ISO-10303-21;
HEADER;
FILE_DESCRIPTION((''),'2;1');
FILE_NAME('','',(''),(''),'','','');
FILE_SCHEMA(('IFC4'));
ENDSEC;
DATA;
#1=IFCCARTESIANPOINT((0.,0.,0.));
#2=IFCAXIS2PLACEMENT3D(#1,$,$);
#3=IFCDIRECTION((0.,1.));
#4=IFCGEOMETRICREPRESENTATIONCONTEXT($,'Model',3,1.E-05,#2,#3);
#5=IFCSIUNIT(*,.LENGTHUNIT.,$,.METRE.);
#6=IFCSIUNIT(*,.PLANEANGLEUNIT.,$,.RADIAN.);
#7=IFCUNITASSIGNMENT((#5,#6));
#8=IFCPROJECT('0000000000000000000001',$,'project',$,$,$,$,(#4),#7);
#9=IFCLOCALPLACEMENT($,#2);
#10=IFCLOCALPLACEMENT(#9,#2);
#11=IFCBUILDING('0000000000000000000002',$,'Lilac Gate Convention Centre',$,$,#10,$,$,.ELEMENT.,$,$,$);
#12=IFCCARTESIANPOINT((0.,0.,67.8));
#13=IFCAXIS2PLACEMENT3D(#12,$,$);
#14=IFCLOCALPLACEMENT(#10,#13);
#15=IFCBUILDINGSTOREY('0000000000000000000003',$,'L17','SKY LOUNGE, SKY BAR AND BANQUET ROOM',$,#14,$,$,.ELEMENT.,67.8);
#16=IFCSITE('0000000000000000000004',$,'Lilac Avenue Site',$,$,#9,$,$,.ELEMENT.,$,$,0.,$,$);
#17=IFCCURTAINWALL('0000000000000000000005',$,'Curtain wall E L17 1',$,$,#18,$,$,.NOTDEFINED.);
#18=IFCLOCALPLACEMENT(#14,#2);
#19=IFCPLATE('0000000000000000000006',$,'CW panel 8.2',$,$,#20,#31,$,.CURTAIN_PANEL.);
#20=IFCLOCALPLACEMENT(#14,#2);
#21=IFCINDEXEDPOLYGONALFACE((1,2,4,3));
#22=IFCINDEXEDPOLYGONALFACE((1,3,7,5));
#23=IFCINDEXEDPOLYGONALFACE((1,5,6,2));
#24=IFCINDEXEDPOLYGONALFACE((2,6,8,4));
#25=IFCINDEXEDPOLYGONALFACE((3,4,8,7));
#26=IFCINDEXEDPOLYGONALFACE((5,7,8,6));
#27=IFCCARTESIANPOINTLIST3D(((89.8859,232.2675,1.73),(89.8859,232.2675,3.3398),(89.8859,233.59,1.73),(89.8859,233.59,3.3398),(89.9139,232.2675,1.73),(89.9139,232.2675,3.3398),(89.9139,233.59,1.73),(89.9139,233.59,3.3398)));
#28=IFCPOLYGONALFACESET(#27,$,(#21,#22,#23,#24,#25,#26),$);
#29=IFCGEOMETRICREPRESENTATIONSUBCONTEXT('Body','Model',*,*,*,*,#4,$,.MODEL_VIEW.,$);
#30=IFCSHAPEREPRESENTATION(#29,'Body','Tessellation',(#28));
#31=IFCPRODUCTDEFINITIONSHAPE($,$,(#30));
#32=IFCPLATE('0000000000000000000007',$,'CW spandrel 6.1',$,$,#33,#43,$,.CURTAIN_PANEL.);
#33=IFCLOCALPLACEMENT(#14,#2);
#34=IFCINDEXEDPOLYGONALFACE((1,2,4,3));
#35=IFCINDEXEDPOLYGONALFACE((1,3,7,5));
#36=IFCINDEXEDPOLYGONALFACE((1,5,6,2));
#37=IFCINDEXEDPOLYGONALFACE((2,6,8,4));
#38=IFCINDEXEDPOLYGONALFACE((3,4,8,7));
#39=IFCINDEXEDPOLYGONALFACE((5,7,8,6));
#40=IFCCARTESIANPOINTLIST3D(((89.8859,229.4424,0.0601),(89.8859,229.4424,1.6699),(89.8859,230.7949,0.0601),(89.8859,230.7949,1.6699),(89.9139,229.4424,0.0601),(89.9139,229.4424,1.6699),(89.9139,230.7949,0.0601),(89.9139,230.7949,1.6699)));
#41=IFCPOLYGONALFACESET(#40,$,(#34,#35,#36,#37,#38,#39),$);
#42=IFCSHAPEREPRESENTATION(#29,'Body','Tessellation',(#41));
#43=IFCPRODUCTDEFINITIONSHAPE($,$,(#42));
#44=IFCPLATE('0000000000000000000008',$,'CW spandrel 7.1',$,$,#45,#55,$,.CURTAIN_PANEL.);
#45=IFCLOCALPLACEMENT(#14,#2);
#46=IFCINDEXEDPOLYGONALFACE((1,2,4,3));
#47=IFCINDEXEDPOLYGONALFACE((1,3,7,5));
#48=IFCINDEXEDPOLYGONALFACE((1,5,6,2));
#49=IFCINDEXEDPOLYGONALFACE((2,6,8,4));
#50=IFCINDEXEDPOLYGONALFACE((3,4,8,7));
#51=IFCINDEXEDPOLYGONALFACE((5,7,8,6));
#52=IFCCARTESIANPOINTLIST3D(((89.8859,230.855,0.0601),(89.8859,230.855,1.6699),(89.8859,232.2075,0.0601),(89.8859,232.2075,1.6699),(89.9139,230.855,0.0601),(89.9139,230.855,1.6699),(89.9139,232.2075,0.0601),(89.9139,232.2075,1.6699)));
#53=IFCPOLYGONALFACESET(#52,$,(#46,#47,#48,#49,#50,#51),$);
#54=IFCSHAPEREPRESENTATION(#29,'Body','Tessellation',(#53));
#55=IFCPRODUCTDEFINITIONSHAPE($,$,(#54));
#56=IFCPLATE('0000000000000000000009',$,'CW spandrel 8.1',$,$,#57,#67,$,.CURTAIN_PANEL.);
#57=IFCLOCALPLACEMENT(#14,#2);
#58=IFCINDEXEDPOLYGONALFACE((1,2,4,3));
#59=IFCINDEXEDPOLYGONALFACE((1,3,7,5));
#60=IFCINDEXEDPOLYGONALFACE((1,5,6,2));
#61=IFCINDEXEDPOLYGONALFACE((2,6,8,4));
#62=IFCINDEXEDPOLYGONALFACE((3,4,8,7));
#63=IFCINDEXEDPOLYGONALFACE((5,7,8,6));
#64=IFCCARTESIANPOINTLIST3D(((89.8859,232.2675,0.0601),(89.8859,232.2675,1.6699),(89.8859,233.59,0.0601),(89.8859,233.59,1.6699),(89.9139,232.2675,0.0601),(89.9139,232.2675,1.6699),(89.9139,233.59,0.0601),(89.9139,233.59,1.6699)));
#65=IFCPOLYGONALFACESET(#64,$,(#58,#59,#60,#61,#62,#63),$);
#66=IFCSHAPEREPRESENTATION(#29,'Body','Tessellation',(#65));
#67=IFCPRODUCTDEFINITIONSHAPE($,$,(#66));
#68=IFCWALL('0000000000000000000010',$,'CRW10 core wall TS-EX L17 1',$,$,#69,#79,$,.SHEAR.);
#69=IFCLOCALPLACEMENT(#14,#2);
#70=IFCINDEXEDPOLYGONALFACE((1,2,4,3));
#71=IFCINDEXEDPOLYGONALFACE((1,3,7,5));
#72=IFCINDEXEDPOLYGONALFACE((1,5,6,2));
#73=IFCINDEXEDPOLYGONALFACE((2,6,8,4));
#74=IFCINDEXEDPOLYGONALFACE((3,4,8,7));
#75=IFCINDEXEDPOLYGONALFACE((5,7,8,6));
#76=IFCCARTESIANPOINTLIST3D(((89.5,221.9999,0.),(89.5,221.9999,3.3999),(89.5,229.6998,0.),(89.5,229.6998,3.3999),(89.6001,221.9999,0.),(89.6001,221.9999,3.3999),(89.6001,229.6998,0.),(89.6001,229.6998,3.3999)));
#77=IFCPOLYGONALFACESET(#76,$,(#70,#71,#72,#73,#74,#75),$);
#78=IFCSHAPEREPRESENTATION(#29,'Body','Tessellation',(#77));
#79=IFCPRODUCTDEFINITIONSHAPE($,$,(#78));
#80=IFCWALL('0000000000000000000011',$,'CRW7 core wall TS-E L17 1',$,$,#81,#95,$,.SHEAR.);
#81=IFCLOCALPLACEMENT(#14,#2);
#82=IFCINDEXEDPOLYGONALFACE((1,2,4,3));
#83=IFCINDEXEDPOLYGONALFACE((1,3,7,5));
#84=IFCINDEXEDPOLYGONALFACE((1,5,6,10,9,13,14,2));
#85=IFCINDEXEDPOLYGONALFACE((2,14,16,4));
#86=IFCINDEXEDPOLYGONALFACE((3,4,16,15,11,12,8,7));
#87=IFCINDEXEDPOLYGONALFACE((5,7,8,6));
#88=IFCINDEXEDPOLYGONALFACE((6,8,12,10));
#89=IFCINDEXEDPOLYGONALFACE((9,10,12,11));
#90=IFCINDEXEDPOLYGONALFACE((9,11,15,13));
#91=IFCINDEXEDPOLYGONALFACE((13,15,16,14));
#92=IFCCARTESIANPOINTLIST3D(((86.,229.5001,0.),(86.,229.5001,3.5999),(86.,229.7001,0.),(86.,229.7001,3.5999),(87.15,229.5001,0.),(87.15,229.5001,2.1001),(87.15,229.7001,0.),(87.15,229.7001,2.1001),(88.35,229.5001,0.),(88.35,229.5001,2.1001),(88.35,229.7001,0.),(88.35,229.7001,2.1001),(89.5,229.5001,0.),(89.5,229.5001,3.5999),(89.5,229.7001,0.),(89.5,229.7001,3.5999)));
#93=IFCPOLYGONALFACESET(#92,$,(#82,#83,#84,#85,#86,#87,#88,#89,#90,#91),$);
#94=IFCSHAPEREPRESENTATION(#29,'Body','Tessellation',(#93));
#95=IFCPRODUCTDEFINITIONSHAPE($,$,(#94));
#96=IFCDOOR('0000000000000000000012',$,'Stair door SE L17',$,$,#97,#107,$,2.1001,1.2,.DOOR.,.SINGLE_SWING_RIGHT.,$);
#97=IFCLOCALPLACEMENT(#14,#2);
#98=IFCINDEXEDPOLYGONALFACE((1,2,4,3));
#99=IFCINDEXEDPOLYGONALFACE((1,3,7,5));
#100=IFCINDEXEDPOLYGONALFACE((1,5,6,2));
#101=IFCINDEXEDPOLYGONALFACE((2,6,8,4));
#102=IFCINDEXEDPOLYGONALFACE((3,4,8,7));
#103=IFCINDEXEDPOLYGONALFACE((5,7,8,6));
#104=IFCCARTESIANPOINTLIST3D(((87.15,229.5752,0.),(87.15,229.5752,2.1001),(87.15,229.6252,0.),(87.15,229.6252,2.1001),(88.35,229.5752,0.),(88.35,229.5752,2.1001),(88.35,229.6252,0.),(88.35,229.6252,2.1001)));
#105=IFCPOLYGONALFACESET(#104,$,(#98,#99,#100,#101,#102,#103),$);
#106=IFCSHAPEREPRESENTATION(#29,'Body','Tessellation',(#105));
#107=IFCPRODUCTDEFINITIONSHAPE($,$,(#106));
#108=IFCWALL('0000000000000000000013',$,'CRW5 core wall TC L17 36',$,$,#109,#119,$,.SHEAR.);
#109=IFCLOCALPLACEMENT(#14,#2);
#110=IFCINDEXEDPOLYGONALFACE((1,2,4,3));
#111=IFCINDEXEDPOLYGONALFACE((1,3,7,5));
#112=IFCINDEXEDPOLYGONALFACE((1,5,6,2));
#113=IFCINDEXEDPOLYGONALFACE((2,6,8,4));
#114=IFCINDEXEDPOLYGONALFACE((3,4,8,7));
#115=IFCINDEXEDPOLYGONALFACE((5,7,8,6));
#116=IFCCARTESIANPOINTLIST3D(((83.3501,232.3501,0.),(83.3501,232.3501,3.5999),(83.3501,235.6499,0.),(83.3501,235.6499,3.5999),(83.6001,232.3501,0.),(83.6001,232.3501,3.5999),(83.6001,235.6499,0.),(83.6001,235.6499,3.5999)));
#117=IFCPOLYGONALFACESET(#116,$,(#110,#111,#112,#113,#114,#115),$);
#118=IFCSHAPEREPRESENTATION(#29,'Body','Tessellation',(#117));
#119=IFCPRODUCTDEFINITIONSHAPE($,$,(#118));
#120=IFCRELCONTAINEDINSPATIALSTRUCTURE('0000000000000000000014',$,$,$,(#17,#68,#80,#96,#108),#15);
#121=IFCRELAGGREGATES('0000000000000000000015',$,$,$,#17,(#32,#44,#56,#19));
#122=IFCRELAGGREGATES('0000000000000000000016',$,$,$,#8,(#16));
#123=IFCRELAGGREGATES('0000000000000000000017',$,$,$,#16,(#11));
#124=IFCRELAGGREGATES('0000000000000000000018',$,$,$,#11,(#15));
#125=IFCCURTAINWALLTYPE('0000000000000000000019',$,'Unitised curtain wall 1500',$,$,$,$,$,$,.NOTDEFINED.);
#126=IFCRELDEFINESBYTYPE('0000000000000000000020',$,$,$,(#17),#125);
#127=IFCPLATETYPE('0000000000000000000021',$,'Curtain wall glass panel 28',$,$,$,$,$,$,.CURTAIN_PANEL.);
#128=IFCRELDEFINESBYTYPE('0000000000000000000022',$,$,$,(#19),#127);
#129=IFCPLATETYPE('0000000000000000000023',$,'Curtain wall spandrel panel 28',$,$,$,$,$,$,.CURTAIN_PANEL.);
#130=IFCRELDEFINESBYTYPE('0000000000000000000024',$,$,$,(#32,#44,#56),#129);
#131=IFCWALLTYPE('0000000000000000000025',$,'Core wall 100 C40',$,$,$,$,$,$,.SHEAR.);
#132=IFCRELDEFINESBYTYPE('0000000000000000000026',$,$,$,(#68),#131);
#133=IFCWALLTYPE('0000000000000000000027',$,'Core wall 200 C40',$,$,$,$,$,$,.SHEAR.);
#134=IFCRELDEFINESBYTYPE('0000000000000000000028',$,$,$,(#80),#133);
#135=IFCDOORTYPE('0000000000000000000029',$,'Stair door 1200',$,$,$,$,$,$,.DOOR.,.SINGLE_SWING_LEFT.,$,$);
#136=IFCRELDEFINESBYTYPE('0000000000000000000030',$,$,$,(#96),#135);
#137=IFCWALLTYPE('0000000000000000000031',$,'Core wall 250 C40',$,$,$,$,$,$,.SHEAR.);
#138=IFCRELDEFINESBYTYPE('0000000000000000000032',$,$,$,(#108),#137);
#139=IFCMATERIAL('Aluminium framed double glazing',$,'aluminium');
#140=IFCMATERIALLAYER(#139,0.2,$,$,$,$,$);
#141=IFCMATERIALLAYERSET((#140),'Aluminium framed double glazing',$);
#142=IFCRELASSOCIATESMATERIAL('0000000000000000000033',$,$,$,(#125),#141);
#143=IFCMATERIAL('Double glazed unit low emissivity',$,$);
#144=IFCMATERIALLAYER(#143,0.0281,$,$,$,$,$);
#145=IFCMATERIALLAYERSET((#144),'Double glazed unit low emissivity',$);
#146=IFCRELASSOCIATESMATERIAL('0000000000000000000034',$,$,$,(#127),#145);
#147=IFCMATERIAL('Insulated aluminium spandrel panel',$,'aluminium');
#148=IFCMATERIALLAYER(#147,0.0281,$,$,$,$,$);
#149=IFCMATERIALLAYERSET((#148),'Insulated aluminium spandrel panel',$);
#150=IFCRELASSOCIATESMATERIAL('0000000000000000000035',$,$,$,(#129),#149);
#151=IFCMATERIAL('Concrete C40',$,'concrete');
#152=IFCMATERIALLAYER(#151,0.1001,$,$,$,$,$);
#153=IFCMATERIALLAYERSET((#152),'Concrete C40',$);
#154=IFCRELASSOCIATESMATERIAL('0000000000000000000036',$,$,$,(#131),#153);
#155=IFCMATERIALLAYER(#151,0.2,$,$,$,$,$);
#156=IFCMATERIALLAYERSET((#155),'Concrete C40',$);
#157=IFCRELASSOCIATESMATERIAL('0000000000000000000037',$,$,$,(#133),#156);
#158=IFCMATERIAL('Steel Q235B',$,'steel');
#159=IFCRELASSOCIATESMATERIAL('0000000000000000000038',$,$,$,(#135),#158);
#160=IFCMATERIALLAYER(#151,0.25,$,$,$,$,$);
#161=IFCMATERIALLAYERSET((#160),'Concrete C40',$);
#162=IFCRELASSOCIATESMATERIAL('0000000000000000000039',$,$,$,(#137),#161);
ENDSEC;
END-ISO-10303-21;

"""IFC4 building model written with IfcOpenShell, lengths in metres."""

from ifc_helpers import new_model, si_unit, direction, frame, frame_2d, origin, origin_2d, place, context, subcontext, project, spatial, rectangle, extrude, material, layer, layer_set, type_object, element, fill, aggregate, save


model = new_model("IFC4")

# Units and contexts
model_context = context("Model", 3, precision=1e-05, world=origin(), true_north=direction((0.0, 1.0)))
body_context = subcontext(model_context, "Body", "Model", "MODEL_VIEW")
ifc_project = project(units=[si_unit("LENGTHUNIT", "METRE"), si_unit("PLANEANGLEUNIT", "RADIAN")], contexts=[model_context])

# Site, building, storey
site_placement = place(None, origin())
site = spatial("IfcSite", under=ifc_project, at=site_placement, Name="Lilac Avenue Site", CompositionType="ELEMENT", RefElevation=0.0)
building_placement = place(site_placement, origin())
building = spatial("IfcBuilding", under=site, at=building_placement, Name="Lilac Gate Convention Centre", CompositionType="ELEMENT")
storey_placement = place(building_placement, frame((0.0, 0.0, 67.8)))
storey = spatial("IfcBuildingStorey", under=building, at=storey_placement, Name="L17", Description="SKY LOUNGE, SKY BAR AND BANQUET ROOM", CompositionType="ELEMENT", Elevation=67.8)

# Curtain wall, plates
ifc_material_1 = material(Name="Aluminium framed double glazing", Category="aluminium")
ifc_layer_1 = layer(ifc_material_1, 0.2)
ifc_layer_set_1 = layer_set([ifc_layer_1], Name="Aluminium framed double glazing")
curtain_wall_type = type_object("IfcCurtainWallType", Name="Unitised curtain wall 1500", PredefinedType="NOTDEFINED", material=ifc_layer_set_1)
curtain_wall_placement = place(storey_placement, origin())
curtain_wall = element("IfcCurtainWall", 1, at=curtain_wall_placement, inside=storey, type_object=curtain_wall_type, Name="Curtain wall E L17 1", PredefinedType="NOTDEFINED")
ifc_material_2 = material(Name="Double glazed unit low emissivity")
ifc_layer_2 = layer(ifc_material_2, 0.0281)
ifc_layer_set_2 = layer_set([ifc_layer_2], Name="Double glazed unit low emissivity")
plate_type_1 = type_object("IfcPlateType", Name="Curtain wall glass panel 28", PredefinedType="CURTAIN_PANEL", material=ifc_layer_set_2)
plate_1_placement = place(storey_placement, frame((89.8999, 232.9287, 1.73), z_axis=(0.0, 0.0, 1.0), x_axis=(0.0, 1.0, 0.0)))
plate_1 = element("IfcPlate", 2, at=plate_1_placement, type_object=plate_type_1, Name="CW panel 8.2", PredefinedType="CURTAIN_PANEL", context=body_context, shape_type="SweptSolid", body=[
    extrude(rectangle(XDim=1.3225, YDim=0.0281, at=origin_2d()), origin(), (0.0, 0.0, 1.0), 1.6099),
])
ifc_material_3 = material(Name="Insulated aluminium spandrel panel", Category="aluminium")
ifc_layer_3 = layer(ifc_material_3, 0.0281)
ifc_layer_set_3 = layer_set([ifc_layer_3], Name="Insulated aluminium spandrel panel")
plate_type_2 = type_object("IfcPlateType", Name="Curtain wall spandrel panel 28", PredefinedType="CURTAIN_PANEL", material=ifc_layer_set_3)
plate_2_placement = place(storey_placement, frame((89.8999, 230.1187, 0.0601), z_axis=(0.0, 0.0, 1.0), x_axis=(0.0, 1.0, 0.0)))
plate_2 = element("IfcPlate", 3, at=plate_2_placement, type_object=plate_type_2, Name="CW spandrel 6.1", PredefinedType="CURTAIN_PANEL", context=body_context, shape_type="SweptSolid", body=[
    extrude(rectangle(XDim=1.3525, YDim=0.0281, at=origin_2d()), origin(), (0.0, 0.0, 1.0), 1.6099),
])
plate_3_placement = place(storey_placement, frame((89.8999, 231.5312, 0.0601), z_axis=(0.0, 0.0, 1.0), x_axis=(0.0, 1.0, 0.0)))
plate_3 = element("IfcPlate", 4, at=plate_3_placement, type_object=plate_type_2, Name="CW spandrel 7.1", PredefinedType="CURTAIN_PANEL", context=body_context, shape_type="SweptSolid", body=[
    extrude(rectangle(XDim=1.3525, YDim=0.0281, at=origin_2d()), origin(), (0.0, 0.0, 1.0), 1.6099),
])
plate_4_placement = place(storey_placement, frame((89.8999, 232.9287, 0.0601), z_axis=(0.0, 0.0, 1.0), x_axis=(0.0, 1.0, 0.0)))
plate_4 = element("IfcPlate", 5, at=plate_4_placement, type_object=plate_type_2, Name="CW spandrel 8.1", PredefinedType="CURTAIN_PANEL", context=body_context, shape_type="SweptSolid", body=[
    extrude(rectangle(XDim=1.3225, YDim=0.0281, at=origin_2d()), origin(), (0.0, 0.0, 1.0), 1.6099),
])
aggregate(curtain_wall, [plate_2, plate_3, plate_4, plate_1])

# Wall
ifc_material_4 = material(Name="Concrete C40", Category="concrete")
ifc_layer_4 = layer(ifc_material_4, 0.1001)
ifc_layer_set_4 = layer_set([ifc_layer_4], Name="Concrete C40")
wall_type_1 = type_object("IfcWallType", Name="Core wall 100 C40", PredefinedType="SHEAR", material=ifc_layer_set_4)
wall_1_placement = place(storey_placement, frame((89.55, 229.7, 0.0), z_axis=(0.0, 0.0, 1.0), x_axis=(0.0, -1.0, 0.0)))
element("IfcWall", 6, at=wall_1_placement, inside=storey, type_object=wall_type_1, Name="CRW10 core wall TS-EX L17 1", PredefinedType="SHEAR", context=body_context, shape_type="SweptSolid", body=[
    extrude(rectangle(XDim=7.7, YDim=0.1001, at=frame_2d((3.8501, 0.0))), origin(), (0.0, 0.0, 1.0), 3.3999),
])

# Wall, opening, door
ifc_layer_5 = layer(ifc_material_4, 0.2)
ifc_layer_set_5 = layer_set([ifc_layer_5], Name="Concrete C40")
wall_type_2 = type_object("IfcWallType", Name="Core wall 200 C40", PredefinedType="SHEAR", material=ifc_layer_set_5)
wall_2_placement = place(storey_placement, frame((89.5, 229.6001, 0.0), z_axis=(0.0, 0.0, 1.0), x_axis=(-1.0, 0.0, 0.0)))
wall_2 = element("IfcWall", 7, at=wall_2_placement, inside=storey, type_object=wall_type_2, Name="CRW7 core wall TS-E L17 1", PredefinedType="SHEAR", context=body_context, shape_type="SweptSolid", body=[
    extrude(rectangle(XDim=3.5, YDim=0.2, at=frame_2d((1.75, 0.0))), origin(), (0.0, 0.0, 1.0), 3.5999),
])
opening_1_placement = place(wall_2_placement, frame((1.1499, 0.0, 0.0)))
opening_1 = element("IfcOpeningElement", 8, at=opening_1_placement, cuts=wall_2, PredefinedType="OPENING", context=body_context, shape_type="SweptSolid", body=[
    extrude(rectangle(XDim=1.2, YDim=2.1001, at=frame_2d((0.6001, 1.05))), frame((0.0, 0.1099, 0.0), z_axis=(0.0, -1.0, 0.0), x_axis=(1.0, 0.0, 0.0)), (0.0, 0.0, 1.0), 0.22),
])
ifc_material_5 = material(Name="Steel Q235B", Category="steel")
door_type_1 = type_object("IfcDoorType", Name="Stair door 1200", OperationType="SINGLE_SWING_LEFT", PredefinedType="DOOR", material=ifc_material_5)
door_1_placement = place(opening_1_placement, origin())
door_1 = element("IfcDoor", 9, at=door_1_placement, inside=storey, type_object=door_type_1, Name="Stair door SE L17", OperationType="SINGLE_SWING_RIGHT", OverallHeight=2.1001, OverallWidth=1.2, PredefinedType="DOOR", context=body_context, shape_type="SweptSolid", body=[
    extrude(rectangle(XDim=1.2, YDim=2.1001, at=frame_2d((0.6001, 1.05))), frame((0.0, 0.0249, 0.0), z_axis=(0.0, -1.0, 0.0), x_axis=(1.0, 0.0, 0.0)), (0.0, 0.0, 1.0), 0.05),
])
fill(opening_1, door_1)

# Wall
ifc_layer_6 = layer(ifc_material_4, 0.25)
ifc_layer_set_6 = layer_set([ifc_layer_6], Name="Concrete C40")
wall_type_3 = type_object("IfcWallType", Name="Core wall 250 C40", PredefinedType="SHEAR", material=ifc_layer_set_6)
wall_3_placement = place(storey_placement, frame((83.4751, 232.3501, 0.0), z_axis=(0.0, 0.0, 1.0), x_axis=(0.0, 1.0, 0.0)))
element("IfcWall", 10, at=wall_3_placement, inside=storey, type_object=wall_type_3, Name="CRW5 core wall TC L17 36", PredefinedType="SHEAR", context=body_context, shape_type="SweptSolid", body=[
    extrude(rectangle(XDim=3.2998, YDim=0.25, at=frame_2d((1.6499, 0.0))), origin(), (0.0, 0.0, 1.0), 3.5999),
])

save(model, "model.ifc")
